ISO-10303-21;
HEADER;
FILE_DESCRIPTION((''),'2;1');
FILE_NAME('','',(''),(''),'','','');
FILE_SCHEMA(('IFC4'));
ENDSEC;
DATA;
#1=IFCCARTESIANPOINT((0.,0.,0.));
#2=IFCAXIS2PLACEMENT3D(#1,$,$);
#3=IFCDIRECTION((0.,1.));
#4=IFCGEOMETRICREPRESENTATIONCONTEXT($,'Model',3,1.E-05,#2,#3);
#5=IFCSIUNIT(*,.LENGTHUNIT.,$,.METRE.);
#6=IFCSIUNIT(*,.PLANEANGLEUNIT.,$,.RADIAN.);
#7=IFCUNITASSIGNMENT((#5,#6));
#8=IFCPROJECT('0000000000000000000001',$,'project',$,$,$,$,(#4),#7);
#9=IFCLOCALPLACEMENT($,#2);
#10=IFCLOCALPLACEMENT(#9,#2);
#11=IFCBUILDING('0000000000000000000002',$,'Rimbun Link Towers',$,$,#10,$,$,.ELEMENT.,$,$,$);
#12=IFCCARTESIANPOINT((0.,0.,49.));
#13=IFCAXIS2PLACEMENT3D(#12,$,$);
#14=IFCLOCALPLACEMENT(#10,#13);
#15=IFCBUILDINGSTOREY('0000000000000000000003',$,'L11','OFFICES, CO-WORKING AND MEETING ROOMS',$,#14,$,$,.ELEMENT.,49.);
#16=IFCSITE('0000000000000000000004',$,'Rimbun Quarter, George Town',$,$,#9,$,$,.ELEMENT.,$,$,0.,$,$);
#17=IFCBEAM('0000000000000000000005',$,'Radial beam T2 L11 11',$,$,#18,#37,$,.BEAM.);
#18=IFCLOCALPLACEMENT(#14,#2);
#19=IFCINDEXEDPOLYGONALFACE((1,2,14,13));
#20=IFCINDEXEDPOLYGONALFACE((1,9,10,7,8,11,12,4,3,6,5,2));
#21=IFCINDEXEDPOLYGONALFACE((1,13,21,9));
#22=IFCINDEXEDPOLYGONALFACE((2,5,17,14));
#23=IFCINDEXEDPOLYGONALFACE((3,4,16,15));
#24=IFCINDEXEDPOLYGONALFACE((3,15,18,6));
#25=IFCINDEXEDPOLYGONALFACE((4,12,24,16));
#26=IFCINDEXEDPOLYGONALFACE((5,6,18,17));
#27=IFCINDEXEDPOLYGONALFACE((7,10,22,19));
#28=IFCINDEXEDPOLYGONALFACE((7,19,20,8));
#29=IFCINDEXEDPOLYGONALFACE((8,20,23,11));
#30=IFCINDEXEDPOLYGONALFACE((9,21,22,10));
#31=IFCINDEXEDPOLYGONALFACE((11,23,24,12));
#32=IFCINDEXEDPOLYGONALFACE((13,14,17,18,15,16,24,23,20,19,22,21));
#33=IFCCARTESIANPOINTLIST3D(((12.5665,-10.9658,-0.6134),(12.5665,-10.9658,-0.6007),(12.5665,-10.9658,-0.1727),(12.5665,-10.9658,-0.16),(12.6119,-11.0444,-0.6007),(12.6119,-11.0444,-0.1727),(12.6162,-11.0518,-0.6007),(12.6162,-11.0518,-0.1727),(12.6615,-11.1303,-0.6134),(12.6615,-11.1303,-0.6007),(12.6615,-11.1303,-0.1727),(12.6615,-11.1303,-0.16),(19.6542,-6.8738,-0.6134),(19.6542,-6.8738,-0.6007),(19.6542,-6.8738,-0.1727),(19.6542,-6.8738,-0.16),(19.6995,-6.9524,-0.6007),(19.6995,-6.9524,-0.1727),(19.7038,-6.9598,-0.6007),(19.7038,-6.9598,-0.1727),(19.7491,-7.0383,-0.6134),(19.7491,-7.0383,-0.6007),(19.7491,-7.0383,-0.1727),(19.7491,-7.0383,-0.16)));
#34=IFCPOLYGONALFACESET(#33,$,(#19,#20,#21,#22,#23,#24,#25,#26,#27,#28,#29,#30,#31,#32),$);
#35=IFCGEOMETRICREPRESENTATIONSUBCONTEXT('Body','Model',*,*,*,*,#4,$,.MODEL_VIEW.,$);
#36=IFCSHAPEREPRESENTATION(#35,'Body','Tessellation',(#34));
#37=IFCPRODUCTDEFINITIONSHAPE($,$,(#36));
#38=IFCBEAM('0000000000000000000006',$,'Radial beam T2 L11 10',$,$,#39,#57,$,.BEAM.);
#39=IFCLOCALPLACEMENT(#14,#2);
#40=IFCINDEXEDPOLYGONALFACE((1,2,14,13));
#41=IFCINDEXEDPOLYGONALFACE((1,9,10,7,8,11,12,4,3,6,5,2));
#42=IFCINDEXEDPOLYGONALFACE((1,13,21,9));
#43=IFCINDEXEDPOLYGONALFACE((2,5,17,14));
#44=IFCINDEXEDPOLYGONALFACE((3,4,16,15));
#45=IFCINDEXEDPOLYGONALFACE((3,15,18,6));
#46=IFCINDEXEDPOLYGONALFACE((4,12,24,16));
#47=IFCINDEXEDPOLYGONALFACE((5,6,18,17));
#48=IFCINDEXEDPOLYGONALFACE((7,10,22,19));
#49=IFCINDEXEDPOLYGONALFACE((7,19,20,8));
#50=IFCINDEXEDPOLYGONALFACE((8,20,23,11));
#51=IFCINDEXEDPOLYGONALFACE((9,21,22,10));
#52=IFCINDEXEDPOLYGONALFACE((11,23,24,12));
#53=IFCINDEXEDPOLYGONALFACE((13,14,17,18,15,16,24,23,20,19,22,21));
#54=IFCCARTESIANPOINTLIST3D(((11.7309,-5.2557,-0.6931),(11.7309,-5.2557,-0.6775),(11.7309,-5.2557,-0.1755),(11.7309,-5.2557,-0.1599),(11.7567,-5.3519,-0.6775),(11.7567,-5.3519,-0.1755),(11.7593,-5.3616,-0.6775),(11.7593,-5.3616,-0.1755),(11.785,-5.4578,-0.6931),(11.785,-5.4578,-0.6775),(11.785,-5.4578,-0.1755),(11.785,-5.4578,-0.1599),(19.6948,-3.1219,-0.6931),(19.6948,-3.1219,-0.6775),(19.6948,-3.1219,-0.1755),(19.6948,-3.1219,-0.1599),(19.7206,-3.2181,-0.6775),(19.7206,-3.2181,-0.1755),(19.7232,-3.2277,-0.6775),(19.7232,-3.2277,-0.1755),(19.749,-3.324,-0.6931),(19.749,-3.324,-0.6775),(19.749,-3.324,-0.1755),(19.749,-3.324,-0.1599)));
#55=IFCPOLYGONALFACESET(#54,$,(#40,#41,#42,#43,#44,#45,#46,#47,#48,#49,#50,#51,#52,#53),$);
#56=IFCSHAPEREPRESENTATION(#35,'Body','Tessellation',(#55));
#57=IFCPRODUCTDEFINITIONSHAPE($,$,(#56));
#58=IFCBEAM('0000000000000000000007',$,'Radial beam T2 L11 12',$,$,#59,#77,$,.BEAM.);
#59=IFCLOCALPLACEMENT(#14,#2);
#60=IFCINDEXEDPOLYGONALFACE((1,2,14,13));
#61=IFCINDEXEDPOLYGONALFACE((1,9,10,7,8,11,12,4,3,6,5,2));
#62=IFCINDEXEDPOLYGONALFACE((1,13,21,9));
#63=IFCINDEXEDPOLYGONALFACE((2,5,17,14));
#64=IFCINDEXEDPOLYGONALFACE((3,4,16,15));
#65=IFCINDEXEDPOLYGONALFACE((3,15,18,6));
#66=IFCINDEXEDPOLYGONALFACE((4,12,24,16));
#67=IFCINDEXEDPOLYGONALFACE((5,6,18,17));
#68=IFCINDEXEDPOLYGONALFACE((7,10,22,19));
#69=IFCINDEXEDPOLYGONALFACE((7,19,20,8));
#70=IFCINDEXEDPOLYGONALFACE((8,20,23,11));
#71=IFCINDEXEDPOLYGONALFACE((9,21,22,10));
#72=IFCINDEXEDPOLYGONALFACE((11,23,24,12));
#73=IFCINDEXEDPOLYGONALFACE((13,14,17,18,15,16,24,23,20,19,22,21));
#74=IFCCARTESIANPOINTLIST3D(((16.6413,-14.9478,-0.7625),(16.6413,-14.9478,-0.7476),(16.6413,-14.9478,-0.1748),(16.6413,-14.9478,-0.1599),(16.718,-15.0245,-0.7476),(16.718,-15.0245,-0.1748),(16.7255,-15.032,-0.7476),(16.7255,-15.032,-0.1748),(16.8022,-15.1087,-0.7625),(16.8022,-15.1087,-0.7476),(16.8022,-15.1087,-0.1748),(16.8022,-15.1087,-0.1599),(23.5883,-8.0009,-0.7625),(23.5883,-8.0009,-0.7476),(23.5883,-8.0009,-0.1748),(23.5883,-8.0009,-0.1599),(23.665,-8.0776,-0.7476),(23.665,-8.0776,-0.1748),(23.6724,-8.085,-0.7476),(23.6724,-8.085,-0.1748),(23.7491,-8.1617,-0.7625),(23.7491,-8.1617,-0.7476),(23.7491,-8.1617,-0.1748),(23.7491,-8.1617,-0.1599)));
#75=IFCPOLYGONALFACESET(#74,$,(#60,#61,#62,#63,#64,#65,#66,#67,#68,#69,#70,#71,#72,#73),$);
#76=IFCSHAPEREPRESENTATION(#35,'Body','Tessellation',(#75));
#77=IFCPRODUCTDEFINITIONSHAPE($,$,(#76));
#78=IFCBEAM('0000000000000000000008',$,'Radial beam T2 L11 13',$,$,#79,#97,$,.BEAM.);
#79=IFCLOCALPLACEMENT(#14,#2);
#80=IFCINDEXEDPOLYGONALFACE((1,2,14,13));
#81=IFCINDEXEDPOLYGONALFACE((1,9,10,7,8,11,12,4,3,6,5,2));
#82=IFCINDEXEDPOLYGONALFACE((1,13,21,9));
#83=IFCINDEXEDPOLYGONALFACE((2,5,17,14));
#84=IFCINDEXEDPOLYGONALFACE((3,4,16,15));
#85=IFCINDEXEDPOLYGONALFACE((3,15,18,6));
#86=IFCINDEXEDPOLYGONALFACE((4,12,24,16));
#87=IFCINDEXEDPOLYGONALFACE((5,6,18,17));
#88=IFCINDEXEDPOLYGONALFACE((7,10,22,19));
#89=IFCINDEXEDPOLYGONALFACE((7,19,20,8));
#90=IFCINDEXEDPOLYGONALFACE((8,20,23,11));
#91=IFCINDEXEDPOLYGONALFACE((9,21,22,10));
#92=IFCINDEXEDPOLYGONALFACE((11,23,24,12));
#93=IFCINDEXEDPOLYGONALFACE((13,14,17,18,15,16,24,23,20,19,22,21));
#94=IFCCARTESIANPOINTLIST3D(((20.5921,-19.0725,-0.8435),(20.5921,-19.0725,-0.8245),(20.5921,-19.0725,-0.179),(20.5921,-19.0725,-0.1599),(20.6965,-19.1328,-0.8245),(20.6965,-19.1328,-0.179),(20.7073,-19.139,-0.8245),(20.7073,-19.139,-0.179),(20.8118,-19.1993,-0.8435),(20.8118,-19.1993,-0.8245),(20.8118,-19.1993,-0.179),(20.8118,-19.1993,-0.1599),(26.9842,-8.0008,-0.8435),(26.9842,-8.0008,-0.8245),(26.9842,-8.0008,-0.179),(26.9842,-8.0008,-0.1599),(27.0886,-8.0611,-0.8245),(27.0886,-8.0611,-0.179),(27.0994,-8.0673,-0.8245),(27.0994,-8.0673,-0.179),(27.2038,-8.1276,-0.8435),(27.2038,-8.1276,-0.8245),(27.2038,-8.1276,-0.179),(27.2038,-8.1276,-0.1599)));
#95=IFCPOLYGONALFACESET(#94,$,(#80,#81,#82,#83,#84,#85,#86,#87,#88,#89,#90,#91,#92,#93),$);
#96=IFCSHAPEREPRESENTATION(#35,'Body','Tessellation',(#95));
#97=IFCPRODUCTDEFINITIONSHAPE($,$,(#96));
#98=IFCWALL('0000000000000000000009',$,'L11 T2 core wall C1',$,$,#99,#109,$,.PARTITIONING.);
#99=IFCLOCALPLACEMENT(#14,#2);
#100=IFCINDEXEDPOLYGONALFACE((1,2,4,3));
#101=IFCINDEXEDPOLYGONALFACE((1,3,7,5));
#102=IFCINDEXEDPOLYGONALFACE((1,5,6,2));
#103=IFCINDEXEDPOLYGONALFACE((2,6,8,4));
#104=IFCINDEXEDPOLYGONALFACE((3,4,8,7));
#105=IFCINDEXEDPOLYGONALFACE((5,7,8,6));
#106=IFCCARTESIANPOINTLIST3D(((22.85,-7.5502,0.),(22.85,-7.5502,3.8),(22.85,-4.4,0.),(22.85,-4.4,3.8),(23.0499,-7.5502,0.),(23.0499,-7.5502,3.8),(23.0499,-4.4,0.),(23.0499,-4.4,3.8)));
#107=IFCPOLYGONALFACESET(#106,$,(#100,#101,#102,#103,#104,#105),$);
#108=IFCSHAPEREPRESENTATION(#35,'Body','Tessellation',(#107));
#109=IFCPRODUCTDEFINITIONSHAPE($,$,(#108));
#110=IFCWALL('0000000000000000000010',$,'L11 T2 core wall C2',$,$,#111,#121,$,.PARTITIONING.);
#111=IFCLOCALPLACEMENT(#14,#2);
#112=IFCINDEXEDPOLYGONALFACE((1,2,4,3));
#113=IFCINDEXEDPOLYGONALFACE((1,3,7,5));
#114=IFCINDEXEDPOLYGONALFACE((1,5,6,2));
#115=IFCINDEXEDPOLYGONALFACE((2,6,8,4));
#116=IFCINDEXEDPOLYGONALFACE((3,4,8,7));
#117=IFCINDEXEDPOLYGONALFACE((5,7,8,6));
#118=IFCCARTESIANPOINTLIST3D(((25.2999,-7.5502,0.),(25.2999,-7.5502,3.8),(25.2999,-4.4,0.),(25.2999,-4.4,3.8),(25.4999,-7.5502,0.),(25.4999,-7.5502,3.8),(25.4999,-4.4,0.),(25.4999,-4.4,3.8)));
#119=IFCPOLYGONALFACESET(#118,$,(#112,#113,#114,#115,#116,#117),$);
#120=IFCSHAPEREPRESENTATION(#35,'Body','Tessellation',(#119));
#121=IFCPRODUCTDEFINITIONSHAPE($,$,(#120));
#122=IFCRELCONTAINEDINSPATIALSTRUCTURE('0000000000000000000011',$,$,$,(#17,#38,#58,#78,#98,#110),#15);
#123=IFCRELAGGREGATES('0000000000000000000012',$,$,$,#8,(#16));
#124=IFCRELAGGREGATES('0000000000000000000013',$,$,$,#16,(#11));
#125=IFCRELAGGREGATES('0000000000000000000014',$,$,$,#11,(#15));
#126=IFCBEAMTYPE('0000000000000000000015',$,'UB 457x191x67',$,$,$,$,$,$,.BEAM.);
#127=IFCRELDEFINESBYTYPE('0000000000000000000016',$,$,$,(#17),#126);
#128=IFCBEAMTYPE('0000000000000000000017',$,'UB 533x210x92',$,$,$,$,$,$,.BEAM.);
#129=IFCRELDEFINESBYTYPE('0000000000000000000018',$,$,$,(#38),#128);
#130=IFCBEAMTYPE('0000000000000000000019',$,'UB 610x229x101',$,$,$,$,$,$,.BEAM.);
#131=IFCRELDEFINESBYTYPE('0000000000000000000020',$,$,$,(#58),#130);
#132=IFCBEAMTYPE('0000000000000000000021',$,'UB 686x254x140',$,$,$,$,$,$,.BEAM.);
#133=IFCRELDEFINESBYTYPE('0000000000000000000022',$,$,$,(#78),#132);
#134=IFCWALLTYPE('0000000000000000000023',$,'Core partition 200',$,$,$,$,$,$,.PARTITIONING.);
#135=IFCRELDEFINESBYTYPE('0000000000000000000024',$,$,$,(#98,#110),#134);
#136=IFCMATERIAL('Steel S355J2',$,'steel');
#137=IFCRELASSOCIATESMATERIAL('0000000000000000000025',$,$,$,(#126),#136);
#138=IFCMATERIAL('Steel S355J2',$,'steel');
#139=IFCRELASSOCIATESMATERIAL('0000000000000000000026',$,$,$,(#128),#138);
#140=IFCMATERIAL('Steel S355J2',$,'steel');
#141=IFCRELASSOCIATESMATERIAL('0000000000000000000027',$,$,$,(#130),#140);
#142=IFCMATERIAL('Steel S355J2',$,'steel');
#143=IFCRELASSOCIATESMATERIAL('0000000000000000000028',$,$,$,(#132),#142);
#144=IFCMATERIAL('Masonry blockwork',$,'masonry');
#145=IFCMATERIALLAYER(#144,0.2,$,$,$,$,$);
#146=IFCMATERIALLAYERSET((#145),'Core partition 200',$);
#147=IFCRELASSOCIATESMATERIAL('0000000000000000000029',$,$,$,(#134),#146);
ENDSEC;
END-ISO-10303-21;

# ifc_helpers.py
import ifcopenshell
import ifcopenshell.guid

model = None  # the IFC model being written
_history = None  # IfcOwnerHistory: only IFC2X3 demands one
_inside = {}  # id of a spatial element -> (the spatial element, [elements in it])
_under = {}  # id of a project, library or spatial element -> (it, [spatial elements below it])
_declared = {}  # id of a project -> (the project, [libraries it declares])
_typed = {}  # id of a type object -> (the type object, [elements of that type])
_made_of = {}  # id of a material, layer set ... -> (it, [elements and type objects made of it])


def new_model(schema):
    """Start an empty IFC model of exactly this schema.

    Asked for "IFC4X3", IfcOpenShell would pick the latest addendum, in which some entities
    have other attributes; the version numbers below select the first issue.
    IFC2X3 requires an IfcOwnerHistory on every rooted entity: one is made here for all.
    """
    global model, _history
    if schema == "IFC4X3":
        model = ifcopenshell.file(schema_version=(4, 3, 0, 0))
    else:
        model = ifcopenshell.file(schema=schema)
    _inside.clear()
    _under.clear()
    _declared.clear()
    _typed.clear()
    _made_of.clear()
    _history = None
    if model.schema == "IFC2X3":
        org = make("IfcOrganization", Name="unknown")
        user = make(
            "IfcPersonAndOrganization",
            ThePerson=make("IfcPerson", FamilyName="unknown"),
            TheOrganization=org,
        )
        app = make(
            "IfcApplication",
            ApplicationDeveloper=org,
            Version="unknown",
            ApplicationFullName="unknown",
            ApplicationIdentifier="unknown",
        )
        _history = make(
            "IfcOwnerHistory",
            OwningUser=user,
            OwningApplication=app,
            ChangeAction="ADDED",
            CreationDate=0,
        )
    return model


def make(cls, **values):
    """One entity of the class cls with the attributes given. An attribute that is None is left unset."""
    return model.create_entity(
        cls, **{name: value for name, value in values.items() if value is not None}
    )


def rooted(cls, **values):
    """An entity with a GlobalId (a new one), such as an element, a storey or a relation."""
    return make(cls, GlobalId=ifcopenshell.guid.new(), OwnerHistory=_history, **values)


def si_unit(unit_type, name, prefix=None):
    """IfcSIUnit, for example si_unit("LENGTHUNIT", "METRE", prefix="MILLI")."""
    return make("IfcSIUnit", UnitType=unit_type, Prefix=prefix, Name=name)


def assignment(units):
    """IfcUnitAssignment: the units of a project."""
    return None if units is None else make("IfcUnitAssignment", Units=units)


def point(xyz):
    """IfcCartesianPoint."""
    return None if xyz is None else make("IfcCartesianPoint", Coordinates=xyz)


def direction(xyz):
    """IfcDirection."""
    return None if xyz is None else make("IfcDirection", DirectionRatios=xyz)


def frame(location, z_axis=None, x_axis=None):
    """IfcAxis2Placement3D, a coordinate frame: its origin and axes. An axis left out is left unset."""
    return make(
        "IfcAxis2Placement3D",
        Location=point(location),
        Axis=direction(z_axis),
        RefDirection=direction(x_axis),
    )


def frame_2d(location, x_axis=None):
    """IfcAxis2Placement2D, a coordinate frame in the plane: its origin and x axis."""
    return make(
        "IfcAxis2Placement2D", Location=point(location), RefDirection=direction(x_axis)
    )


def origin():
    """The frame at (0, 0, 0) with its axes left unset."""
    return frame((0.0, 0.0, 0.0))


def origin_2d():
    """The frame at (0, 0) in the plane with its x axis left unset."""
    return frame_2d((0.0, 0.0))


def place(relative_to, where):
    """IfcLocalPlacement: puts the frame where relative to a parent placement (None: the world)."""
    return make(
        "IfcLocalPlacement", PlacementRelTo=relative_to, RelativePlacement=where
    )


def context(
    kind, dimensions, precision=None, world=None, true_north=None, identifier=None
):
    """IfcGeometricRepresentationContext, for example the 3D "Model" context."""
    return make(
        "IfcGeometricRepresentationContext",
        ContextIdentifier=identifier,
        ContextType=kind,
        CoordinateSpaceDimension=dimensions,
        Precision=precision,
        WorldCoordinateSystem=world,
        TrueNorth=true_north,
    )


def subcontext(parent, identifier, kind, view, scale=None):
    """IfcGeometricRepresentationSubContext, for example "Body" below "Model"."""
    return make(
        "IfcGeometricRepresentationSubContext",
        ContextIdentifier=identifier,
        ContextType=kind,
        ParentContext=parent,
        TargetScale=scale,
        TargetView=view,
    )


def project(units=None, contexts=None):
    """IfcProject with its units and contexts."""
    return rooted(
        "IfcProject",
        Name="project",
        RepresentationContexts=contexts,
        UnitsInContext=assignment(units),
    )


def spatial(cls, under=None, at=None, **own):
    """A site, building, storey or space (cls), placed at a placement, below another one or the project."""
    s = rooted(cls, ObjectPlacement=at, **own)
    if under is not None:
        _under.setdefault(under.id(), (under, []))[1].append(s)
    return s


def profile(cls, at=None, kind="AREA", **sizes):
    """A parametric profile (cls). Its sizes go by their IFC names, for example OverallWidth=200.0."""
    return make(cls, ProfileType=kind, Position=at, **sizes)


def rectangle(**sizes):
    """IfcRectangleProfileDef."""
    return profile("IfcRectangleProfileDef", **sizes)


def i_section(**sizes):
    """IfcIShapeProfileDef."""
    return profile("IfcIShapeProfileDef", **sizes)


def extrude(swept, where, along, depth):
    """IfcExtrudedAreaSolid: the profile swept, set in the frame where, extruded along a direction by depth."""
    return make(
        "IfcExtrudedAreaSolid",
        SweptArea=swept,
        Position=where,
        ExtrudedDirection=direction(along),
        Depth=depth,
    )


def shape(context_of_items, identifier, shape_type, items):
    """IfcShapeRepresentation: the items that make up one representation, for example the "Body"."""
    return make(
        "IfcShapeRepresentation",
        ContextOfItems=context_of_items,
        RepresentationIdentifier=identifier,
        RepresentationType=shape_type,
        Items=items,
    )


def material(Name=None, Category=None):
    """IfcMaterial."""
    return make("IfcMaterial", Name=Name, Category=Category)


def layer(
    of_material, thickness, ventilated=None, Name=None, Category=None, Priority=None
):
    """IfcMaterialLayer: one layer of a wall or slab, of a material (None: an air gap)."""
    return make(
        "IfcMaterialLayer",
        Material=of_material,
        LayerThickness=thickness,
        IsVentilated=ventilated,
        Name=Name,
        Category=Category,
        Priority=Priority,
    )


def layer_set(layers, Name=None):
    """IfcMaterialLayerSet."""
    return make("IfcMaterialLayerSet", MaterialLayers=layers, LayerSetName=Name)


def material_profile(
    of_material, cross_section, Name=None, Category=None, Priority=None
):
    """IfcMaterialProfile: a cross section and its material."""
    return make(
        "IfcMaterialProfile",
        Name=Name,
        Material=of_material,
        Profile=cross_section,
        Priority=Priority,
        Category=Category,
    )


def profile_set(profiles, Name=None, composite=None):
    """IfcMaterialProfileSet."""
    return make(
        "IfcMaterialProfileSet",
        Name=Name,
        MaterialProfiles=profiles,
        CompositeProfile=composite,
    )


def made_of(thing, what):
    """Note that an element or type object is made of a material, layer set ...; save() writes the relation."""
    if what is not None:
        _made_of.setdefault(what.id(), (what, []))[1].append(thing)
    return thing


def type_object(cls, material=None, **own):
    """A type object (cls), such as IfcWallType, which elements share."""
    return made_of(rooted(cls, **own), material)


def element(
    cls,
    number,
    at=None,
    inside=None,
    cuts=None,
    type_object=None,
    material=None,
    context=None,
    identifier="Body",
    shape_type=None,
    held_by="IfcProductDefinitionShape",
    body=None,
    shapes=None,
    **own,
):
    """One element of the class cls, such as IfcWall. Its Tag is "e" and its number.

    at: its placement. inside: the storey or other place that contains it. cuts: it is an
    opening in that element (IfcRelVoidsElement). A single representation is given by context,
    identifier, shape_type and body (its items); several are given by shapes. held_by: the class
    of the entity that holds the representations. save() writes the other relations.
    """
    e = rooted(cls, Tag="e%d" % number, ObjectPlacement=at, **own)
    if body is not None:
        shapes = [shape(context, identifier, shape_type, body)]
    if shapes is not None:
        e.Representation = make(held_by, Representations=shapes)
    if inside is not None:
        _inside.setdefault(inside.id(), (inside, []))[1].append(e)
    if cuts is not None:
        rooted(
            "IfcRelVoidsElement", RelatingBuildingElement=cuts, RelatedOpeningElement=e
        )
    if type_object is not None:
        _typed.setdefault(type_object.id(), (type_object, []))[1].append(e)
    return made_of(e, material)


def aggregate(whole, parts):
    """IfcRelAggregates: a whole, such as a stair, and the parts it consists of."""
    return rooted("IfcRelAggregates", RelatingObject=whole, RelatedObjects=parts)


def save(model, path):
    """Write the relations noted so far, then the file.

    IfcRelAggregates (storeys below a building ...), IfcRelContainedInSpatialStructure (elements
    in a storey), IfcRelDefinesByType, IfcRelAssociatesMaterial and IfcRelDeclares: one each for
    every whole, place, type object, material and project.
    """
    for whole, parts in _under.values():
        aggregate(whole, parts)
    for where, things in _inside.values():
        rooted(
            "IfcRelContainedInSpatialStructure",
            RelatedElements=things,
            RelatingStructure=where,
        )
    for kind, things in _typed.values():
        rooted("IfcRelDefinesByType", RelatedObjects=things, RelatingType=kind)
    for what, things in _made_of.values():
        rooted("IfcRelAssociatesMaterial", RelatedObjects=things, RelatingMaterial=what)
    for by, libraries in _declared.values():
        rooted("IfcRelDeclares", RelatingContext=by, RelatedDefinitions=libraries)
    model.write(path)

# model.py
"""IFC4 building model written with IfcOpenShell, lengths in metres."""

from ifc_helpers import new_model, si_unit, direction, frame, frame_2d, origin, origin_2d, place, context, subcontext, project, spatial, rectangle, i_section, extrude, material, layer, layer_set, material_profile, profile_set, type_object, element, save


model = new_model("IFC4")

# Units and contexts
model_context = context("Model", 3, precision=1e-05, world=origin(), true_north=direction((0.0, 1.0)))
body_context = subcontext(model_context, "Body", "Model", "MODEL_VIEW")
ifc_project = project(units=[si_unit("LENGTHUNIT", "METRE"), si_unit("PLANEANGLEUNIT", "RADIAN")], contexts=[model_context])

# Site, building, storey
site_placement = place(None, origin())
site = spatial("IfcSite", under=ifc_project, at=site_placement, Name="Rimbun Quarter, George Town", CompositionType="ELEMENT", RefElevation=0.0)
building_placement = place(site_placement, origin())
building = spatial("IfcBuilding", under=site, at=building_placement, Name="Rimbun Link Towers", CompositionType="ELEMENT")
storey_placement = place(building_placement, frame((0.0, 0.0, 49.0)))
storey = spatial("IfcBuildingStorey", under=building, at=storey_placement, Name="L11", Description="OFFICES, CO-WORKING AND MEETING ROOMS", CompositionType="ELEMENT", Elevation=49.0)

# Beams
ifc_material_1 = material(Name="Steel S355J2", Category="steel")
ifc_material_profile_1 = material_profile(ifc_material_1, i_section(OverallWidth=0.1899, OverallDepth=0.4534, WebThickness=0.0085, FlangeThickness=0.0127, at=origin_2d()), Name="UB 457x191x67")
ifc_profile_set_1 = profile_set([ifc_material_profile_1], Name="Steel S355J2")
beam_type_1 = type_object("IfcBeamType", Name="UB 457x191x67", PredefinedType="BEAM", material=ifc_profile_set_1)
beam_1_placement = place(storey_placement, frame((19.7017, -6.9561, -0.3867), z_axis=(-0.866026, -0.499999, 0.0), x_axis=(0.499999, -0.866026, 0.0)))
element("IfcBeam", 1, at=beam_1_placement, inside=storey, type_object=beam_type_1, Name="Radial beam T2 L11 11", PredefinedType="BEAM", context=body_context, shape_type="SweptSolid", body=[
    extrude(i_section(OverallWidth=0.1899, OverallDepth=0.4534, WebThickness=0.0085, FlangeThickness=0.0127, at=origin_2d()), origin(), (0.0, 0.0, 1.0), 8.1841),
])
ifc_material_2 = material(Name="Steel S355J2", Category="steel")
ifc_material_profile_2 = material_profile(ifc_material_2, i_section(OverallWidth=0.2092, OverallDepth=0.5332, WebThickness=0.01, FlangeThickness=0.0156, at=origin_2d()), Name="UB 533x210x92")
ifc_profile_set_2 = profile_set([ifc_material_profile_2], Name="Steel S355J2")
beam_type_2 = type_object("IfcBeamType", Name="UB 533x210x92", PredefinedType="BEAM", material=ifc_profile_set_2)
beam_2_placement = place(storey_placement, frame((19.7219, -3.2229, -0.4265), z_axis=(-0.96593, -0.258805, 0.0), x_axis=(0.258805, -0.96593, 0.0)))
element("IfcBeam", 2, at=beam_2_placement, inside=storey, type_object=beam_type_2, Name="Radial beam T2 L11 10", PredefinedType="BEAM", context=body_context, shape_type="SweptSolid", body=[
    extrude(i_section(OverallWidth=0.2092, OverallDepth=0.5332, WebThickness=0.01, FlangeThickness=0.0156, at=origin_2d()), origin(), (0.0, 0.0, 1.0), 8.2449),
])
ifc_material_3 = material(Name="Steel S355J2", Category="steel")
ifc_material_profile_3 = material_profile(ifc_material_3, i_section(OverallWidth=0.2275, OverallDepth=0.6025, WebThickness=0.0105, FlangeThickness=0.0149, at=origin_2d()), Name="UB 610x229x101")
ifc_profile_set_3 = profile_set([ifc_material_profile_3], Name="Steel S355J2")
beam_type_3 = type_object("IfcBeamType", Name="UB 610x229x101", PredefinedType="BEAM", material=ifc_profile_set_3)
beam_3_placement = place(storey_placement, frame((23.6687, -8.0813, -0.4612), z_axis=(-0.707107, -0.707107, 0.0), x_axis=(0.707107, -0.707107, 0.0)))
element("IfcBeam", 3, at=beam_3_placement, inside=storey, type_object=beam_type_3, Name="Radial beam T2 L11 12", PredefinedType="BEAM", context=body_context, shape_type="SweptSolid", body=[
    extrude(i_section(OverallWidth=0.2275, OverallDepth=0.6025, WebThickness=0.0105, FlangeThickness=0.0149, at=origin_2d()), origin(), (0.0, 0.0, 1.0), 9.8245),
])
ifc_material_4 = material(Name="Steel S355J2", Category="steel")
ifc_material_profile_4 = material_profile(ifc_material_4, i_section(OverallWidth=0.2537, OverallDepth=0.6836, WebThickness=0.0125, FlangeThickness=0.019, at=origin_2d()), Name="UB 686x254x140")
ifc_profile_set_4 = profile_set([ifc_material_profile_4], Name="Steel S355J2")
beam_type_4 = type_object("IfcBeamType", Name="UB 686x254x140", PredefinedType="BEAM", material=ifc_profile_set_4)
beam_4_placement = place(storey_placement, frame((27.094, -8.0642, -0.5017), z_axis=(-0.499988, -0.866032, 0.0), x_axis=(0.866032, -0.499988, 0.0)))
element("IfcBeam", 4, at=beam_4_placement, inside=storey, type_object=beam_type_4, Name="Radial beam T2 L11 13", PredefinedType="BEAM", context=body_context, shape_type="SweptSolid", body=[
    extrude(i_section(OverallWidth=0.2537, OverallDepth=0.6836, WebThickness=0.0125, FlangeThickness=0.019, at=origin_2d()), origin(), (0.0, 0.0, 1.0), 12.7844),
])

# Walls
ifc_material_5 = material(Name="Masonry blockwork", Category="masonry")
ifc_layer_1 = layer(ifc_material_5, 0.2)
ifc_layer_set_1 = layer_set([ifc_layer_1], Name="Core partition 200")
wall_type_1 = type_object("IfcWallType", Name="Core partition 200", PredefinedType="PARTITIONING", material=ifc_layer_set_1)
for number, where, z_axis, x_axis, name in (
    (5, (22.95, -4.3999, 0.0), (0.0, 0.0, 1.0), (0.0, -1.0, 0.0), "L11 T2 core wall C1"),
    (6, (25.3999, -4.3999, 0.0), (0.0, 0.0, 1.0), (0.0, -1.0, 0.0), "L11 T2 core wall C2"),
):
    element("IfcWall", number, at=place(storey_placement, frame(where, z_axis=z_axis, x_axis=x_axis)), inside=storey, type_object=wall_type_1, Name=name, PredefinedType="PARTITIONING", context=body_context, shape_type="SweptSolid", body=[
        extrude(rectangle(XDim=3.1501, YDim=0.2, at=frame_2d((1.5752, 0.0))), origin(), (0.0, 0.0, 1.0), 3.8),
    ])

save(model, "model.ifc")
